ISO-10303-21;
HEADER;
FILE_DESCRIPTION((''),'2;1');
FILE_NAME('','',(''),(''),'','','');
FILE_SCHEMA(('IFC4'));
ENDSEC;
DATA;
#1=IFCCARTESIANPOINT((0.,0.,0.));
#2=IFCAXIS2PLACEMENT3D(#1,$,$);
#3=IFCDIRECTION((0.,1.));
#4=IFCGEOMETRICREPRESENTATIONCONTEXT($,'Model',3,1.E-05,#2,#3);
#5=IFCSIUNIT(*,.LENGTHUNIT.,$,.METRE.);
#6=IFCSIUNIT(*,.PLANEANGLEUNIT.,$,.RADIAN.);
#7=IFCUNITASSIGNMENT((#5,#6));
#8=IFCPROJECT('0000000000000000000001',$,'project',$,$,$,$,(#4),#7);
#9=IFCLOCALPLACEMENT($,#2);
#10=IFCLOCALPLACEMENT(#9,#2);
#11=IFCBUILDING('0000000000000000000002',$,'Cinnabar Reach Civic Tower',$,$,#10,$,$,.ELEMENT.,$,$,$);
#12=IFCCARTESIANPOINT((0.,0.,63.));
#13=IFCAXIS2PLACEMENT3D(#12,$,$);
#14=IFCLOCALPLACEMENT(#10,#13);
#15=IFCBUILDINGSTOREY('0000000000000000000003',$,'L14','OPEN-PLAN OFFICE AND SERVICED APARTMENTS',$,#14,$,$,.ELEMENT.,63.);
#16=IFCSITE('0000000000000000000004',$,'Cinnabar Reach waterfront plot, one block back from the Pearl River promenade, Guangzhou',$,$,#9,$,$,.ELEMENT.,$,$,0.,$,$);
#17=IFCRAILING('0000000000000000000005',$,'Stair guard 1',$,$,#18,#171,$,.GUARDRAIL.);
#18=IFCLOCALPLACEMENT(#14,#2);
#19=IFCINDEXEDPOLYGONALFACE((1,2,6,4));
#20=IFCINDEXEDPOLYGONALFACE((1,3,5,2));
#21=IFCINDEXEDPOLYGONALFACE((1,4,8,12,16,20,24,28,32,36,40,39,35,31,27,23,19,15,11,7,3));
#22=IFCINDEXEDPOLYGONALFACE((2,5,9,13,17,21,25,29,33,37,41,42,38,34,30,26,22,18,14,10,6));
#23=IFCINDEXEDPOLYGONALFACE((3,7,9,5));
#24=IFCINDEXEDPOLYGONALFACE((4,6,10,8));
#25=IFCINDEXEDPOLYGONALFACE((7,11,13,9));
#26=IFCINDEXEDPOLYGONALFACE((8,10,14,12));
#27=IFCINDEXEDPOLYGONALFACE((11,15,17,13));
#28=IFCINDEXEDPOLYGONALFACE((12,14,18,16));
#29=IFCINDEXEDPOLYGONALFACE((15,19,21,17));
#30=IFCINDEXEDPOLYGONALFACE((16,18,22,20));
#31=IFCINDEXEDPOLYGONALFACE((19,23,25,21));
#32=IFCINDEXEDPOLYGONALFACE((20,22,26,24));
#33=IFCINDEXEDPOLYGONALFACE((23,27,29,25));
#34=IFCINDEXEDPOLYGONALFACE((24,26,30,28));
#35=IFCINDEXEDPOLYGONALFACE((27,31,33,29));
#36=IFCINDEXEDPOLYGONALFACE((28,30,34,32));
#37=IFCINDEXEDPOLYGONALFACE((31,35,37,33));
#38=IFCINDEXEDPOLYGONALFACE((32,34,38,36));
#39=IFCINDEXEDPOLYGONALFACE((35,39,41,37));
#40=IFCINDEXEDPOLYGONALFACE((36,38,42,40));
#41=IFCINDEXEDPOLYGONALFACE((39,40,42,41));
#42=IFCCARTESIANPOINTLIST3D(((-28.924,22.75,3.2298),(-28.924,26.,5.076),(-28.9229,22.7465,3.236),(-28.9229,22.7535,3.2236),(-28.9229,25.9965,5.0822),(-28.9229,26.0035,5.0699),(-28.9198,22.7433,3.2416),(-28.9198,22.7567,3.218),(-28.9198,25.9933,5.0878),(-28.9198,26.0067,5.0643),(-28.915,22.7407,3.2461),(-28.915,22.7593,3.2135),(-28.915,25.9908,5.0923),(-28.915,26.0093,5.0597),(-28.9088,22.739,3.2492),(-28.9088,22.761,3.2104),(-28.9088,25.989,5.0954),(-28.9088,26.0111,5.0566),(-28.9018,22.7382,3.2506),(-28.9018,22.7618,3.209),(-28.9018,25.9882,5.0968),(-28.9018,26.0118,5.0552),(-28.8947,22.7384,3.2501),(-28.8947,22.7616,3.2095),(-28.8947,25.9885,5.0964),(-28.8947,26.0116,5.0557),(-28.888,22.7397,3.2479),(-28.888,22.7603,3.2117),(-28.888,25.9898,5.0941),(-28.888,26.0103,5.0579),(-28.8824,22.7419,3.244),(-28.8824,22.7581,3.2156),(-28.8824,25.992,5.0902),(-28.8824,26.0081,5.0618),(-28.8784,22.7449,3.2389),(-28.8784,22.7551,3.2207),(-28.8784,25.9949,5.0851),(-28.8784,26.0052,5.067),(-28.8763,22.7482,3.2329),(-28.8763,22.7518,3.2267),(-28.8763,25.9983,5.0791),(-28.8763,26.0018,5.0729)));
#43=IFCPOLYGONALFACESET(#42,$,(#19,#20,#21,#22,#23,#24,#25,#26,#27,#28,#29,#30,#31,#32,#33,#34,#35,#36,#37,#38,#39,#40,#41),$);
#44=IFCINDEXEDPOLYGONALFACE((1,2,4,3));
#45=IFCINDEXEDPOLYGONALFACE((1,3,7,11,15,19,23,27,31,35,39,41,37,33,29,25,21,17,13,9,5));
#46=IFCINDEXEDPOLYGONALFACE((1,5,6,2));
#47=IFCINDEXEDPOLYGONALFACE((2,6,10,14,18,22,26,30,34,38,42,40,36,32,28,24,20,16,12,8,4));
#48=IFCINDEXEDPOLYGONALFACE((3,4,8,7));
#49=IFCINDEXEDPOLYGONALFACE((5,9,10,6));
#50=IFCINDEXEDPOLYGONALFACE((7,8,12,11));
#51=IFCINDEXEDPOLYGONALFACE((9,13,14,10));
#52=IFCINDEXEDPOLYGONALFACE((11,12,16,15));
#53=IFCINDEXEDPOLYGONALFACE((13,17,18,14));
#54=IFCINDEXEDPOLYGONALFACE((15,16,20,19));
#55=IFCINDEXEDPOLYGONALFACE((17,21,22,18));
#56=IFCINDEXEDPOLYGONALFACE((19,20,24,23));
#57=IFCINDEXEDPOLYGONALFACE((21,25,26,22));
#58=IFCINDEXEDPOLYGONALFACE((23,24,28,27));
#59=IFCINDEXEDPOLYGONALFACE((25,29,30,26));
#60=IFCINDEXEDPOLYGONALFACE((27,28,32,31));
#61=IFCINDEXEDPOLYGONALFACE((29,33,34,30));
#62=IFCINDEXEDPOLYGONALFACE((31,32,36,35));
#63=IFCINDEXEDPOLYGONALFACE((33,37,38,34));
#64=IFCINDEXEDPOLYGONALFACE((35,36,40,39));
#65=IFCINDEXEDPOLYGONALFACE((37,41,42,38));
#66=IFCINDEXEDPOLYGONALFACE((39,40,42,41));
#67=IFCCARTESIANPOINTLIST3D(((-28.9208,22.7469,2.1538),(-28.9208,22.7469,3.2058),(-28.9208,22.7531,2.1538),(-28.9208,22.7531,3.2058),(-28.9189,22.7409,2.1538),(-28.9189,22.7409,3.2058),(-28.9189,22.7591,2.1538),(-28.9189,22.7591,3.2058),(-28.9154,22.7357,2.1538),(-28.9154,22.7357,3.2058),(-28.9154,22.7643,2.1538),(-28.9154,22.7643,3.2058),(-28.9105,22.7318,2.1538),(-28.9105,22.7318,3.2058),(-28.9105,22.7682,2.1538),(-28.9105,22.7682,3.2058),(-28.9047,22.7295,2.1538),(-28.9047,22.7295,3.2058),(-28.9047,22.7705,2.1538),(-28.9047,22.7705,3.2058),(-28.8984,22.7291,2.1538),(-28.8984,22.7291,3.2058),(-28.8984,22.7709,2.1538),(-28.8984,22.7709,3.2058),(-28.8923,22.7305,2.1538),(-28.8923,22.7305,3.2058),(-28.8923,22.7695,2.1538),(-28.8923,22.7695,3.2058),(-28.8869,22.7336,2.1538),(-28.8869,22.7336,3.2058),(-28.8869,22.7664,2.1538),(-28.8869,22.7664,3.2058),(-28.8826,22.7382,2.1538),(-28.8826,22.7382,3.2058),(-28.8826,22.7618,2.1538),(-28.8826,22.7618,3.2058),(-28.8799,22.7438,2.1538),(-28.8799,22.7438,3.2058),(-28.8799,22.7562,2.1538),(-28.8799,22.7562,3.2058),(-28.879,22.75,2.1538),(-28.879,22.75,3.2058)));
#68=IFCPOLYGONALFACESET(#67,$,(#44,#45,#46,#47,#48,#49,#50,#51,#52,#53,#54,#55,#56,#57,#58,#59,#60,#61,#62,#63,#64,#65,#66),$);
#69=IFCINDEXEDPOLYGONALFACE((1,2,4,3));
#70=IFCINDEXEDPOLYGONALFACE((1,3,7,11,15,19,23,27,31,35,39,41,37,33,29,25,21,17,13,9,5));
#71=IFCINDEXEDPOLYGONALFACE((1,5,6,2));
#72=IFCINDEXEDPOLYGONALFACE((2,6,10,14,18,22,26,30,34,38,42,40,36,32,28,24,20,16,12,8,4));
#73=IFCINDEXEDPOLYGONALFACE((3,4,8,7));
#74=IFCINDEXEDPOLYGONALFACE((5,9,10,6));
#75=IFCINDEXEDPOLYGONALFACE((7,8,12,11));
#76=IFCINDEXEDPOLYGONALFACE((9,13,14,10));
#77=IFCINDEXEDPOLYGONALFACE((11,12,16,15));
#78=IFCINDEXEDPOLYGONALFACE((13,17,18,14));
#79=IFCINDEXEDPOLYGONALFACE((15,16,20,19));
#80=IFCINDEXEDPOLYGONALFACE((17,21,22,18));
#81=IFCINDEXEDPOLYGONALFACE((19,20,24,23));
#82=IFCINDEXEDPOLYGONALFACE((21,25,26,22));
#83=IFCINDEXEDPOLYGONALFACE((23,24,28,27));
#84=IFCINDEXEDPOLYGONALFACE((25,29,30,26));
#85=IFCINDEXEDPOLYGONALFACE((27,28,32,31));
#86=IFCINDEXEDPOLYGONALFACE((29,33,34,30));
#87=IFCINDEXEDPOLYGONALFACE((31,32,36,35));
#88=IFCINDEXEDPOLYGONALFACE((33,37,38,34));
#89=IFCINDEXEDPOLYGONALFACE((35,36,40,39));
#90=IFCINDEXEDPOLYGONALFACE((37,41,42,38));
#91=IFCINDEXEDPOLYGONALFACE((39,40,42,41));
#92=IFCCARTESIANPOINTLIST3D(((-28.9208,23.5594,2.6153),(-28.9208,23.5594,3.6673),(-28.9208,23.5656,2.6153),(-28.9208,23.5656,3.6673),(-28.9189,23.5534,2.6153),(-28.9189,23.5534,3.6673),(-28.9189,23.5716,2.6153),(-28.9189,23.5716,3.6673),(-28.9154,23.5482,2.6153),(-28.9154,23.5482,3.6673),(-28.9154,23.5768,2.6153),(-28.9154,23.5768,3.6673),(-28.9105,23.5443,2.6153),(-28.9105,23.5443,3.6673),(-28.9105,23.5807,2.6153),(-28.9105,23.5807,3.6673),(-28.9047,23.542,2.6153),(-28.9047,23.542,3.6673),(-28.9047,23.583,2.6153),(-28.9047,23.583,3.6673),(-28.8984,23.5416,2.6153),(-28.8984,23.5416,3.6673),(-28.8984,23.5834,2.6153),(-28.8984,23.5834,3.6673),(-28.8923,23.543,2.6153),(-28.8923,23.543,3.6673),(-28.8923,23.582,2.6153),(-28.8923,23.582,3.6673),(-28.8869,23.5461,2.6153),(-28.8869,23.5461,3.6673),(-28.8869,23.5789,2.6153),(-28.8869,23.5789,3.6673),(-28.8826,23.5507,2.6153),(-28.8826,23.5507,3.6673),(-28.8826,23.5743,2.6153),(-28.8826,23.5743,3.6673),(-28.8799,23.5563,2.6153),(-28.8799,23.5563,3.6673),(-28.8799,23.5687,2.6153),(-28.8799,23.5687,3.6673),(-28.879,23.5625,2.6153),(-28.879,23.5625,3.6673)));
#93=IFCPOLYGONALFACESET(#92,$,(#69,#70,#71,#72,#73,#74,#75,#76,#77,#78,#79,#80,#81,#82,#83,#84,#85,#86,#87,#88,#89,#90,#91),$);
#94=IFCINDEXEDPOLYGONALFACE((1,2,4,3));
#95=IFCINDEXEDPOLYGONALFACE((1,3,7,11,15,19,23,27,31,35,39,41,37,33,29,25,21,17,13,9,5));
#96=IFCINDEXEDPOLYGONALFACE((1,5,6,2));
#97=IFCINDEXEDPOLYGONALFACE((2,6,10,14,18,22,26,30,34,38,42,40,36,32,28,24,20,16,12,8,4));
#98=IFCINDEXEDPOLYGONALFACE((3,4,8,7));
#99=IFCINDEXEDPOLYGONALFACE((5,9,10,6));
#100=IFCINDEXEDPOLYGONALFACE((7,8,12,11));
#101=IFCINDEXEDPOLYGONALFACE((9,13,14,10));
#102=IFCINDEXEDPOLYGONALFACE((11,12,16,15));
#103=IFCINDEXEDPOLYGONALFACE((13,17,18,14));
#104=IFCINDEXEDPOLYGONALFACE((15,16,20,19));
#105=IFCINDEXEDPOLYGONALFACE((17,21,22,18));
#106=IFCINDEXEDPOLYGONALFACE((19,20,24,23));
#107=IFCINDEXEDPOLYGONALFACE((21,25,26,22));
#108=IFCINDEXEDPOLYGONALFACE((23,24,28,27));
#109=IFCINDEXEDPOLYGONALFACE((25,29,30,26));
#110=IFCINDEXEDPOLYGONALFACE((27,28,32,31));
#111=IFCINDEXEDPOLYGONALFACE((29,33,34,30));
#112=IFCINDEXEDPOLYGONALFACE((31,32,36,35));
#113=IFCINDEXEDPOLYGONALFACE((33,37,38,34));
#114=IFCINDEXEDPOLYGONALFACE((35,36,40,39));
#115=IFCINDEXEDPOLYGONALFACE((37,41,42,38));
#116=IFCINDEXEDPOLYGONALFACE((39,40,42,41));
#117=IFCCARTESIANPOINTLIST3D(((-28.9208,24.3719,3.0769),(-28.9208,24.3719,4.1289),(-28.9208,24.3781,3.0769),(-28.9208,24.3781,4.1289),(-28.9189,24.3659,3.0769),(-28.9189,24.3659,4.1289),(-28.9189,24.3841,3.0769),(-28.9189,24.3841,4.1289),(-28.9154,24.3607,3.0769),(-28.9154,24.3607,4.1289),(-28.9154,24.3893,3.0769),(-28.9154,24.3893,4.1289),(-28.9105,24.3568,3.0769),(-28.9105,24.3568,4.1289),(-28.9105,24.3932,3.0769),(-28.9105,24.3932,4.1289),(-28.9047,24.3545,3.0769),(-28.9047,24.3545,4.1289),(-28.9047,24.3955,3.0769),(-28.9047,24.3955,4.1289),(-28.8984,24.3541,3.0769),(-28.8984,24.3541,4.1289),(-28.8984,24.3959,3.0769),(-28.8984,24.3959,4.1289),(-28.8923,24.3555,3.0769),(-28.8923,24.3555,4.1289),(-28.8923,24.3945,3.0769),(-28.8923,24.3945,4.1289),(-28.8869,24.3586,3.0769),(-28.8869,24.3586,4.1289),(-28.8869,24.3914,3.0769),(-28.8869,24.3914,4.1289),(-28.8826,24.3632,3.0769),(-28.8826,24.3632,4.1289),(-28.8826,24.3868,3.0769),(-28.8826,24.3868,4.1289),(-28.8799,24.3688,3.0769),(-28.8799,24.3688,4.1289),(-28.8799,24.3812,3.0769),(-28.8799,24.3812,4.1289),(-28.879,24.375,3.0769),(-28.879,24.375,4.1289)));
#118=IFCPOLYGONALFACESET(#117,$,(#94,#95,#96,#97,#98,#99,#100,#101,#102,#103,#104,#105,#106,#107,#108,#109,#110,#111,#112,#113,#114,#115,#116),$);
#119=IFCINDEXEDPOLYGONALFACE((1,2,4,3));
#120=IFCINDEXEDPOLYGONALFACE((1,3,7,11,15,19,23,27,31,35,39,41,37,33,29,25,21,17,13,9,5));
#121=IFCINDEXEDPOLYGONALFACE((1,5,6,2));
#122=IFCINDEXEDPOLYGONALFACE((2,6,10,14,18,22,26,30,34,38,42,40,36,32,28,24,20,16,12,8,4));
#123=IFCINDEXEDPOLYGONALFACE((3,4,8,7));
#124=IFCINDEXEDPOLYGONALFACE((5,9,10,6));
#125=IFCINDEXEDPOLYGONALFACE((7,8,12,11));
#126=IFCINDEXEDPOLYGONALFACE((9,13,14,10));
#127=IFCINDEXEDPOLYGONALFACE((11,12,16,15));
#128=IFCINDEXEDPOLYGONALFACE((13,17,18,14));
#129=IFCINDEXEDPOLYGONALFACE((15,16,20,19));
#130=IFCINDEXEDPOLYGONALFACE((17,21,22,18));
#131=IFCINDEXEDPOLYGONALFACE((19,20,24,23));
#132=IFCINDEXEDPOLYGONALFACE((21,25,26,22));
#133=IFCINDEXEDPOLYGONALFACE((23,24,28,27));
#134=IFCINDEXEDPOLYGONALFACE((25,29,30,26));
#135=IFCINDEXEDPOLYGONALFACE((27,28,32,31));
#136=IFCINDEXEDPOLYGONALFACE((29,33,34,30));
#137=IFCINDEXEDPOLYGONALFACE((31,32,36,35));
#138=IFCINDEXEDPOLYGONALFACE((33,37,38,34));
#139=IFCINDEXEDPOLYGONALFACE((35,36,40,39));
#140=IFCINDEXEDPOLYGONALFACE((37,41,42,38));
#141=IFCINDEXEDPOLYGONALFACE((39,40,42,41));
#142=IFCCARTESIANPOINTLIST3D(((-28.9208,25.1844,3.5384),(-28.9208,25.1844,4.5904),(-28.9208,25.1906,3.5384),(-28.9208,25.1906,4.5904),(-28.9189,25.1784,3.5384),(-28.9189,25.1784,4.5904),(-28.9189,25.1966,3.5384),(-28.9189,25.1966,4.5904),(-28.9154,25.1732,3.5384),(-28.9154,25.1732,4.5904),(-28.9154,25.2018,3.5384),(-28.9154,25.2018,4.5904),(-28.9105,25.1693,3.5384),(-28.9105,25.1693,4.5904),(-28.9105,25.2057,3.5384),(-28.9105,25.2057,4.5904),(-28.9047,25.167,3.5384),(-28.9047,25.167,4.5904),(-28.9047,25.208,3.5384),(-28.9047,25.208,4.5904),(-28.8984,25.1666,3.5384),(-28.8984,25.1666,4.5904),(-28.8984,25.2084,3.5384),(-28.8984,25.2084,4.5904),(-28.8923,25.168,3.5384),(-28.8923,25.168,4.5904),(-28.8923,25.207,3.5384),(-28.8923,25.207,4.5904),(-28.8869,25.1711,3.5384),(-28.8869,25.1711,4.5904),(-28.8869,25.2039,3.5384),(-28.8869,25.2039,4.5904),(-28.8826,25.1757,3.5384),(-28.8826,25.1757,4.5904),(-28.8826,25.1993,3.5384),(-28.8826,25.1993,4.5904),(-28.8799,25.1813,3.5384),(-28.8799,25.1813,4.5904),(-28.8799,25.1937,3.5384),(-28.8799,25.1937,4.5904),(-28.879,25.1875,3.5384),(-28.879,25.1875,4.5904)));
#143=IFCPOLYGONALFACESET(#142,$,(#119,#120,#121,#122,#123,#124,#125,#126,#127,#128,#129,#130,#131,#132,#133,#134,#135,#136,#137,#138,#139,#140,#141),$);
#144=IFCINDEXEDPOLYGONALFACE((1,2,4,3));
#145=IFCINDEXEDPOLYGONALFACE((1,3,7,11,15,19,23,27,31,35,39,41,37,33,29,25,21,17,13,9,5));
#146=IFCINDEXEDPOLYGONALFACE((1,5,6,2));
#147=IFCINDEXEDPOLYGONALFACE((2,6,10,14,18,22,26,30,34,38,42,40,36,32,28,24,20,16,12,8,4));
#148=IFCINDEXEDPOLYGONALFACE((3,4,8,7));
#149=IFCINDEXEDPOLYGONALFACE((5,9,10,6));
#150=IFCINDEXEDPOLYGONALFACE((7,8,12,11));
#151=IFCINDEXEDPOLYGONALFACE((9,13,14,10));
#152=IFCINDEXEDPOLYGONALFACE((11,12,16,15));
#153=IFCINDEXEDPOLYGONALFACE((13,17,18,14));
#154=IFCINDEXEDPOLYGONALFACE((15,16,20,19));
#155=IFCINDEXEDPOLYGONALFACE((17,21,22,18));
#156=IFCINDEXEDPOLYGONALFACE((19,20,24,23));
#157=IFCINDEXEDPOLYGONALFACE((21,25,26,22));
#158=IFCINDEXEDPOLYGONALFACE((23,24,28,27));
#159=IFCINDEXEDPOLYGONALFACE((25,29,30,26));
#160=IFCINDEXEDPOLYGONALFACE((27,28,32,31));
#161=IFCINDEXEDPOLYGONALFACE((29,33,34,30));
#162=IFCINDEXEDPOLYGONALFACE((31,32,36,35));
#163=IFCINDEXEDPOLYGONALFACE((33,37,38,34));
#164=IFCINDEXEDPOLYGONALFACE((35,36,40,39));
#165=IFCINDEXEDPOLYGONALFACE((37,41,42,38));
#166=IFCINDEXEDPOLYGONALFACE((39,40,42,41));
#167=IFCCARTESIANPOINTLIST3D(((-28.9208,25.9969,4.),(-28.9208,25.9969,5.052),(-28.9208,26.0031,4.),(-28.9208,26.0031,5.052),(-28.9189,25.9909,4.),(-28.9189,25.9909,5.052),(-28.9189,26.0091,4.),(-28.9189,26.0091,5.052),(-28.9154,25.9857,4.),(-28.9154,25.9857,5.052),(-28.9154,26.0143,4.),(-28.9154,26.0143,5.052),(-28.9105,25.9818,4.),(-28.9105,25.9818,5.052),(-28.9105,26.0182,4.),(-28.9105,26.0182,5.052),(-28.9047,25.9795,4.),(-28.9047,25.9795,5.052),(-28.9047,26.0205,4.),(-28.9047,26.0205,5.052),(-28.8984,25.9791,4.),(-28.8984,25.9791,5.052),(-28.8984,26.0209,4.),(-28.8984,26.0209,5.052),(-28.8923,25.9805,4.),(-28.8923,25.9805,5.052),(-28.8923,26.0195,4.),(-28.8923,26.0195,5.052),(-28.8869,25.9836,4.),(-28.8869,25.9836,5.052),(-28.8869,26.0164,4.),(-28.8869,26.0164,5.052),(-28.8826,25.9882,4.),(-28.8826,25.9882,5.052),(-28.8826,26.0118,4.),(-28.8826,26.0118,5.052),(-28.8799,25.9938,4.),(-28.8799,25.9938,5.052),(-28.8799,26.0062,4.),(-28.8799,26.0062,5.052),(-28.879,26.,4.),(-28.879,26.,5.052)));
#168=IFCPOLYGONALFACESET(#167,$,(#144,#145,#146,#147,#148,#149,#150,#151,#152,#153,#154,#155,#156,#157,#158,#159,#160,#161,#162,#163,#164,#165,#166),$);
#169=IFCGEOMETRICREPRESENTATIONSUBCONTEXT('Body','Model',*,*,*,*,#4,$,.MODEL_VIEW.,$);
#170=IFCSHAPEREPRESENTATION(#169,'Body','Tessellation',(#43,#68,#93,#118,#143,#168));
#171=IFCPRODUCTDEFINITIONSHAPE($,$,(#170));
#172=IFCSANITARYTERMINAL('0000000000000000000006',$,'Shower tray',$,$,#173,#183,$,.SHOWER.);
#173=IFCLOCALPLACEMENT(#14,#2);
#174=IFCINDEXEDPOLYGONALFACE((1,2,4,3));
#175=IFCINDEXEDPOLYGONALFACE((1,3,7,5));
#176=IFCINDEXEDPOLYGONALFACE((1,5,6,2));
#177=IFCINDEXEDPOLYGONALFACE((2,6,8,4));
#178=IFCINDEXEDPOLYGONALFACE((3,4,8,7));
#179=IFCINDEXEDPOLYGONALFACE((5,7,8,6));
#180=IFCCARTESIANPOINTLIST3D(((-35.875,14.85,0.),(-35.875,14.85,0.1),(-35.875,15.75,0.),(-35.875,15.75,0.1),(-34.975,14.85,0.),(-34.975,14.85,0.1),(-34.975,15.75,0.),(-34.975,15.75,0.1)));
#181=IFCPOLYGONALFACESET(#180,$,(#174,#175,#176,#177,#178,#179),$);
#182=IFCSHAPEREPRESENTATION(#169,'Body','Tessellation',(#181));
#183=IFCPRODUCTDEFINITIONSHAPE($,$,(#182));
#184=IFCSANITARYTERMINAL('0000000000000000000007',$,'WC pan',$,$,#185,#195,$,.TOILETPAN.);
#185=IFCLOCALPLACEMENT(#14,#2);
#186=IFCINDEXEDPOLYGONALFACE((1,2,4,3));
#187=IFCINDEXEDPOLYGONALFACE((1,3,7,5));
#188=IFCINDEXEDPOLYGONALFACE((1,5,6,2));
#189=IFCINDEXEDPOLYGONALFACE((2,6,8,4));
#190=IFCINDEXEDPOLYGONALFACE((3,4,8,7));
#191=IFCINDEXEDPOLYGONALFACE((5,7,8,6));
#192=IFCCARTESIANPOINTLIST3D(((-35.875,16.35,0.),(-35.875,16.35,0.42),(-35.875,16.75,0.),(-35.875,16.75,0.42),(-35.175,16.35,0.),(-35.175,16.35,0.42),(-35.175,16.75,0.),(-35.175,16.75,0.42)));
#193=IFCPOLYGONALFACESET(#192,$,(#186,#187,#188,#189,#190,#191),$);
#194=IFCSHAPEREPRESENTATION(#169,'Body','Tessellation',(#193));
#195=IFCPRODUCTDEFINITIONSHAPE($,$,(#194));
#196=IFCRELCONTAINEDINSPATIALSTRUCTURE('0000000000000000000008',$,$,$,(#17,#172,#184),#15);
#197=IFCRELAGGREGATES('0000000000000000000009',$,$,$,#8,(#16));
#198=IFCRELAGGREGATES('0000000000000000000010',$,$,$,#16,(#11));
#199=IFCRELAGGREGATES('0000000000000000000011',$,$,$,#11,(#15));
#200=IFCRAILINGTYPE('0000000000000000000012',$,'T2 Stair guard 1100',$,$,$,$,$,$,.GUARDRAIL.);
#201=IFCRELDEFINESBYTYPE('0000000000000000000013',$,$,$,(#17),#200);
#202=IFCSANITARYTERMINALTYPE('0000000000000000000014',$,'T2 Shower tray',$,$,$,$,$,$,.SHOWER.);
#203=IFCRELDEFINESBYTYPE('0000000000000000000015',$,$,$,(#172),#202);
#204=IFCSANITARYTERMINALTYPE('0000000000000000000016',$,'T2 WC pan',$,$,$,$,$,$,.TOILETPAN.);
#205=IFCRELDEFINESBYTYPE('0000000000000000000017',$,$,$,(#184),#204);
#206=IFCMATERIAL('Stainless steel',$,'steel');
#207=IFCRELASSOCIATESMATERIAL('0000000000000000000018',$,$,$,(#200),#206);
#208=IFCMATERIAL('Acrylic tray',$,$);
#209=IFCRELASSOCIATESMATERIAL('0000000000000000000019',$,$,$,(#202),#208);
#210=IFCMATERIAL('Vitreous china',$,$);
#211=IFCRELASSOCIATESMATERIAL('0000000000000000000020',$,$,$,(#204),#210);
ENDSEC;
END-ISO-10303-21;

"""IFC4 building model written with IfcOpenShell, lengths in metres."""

from ifc_helpers import new_model, si_unit, direction, frame, origin, origin_2d, place, context, subcontext, project, spatial, rectangle, circle, extrude, material, type_object, element, save


model = new_model("IFC4")

# Units and contexts
model_context = context("Model", 3, precision=1e-05, world=origin(), true_north=direction((0.0, 1.0)))
body_context = subcontext(model_context, "Body", "Model", "MODEL_VIEW")
ifc_project = project(units=[si_unit("LENGTHUNIT", "METRE"), si_unit("PLANEANGLEUNIT", "RADIAN")], contexts=[model_context])

# Site, building, storey
site_placement = place(None, origin())
site = spatial("IfcSite", under=ifc_project, at=site_placement, Name="Cinnabar Reach waterfront plot, one block back from the Pearl River promenade, Guangzhou", CompositionType="ELEMENT", RefElevation=0.0)
building_placement = place(site_placement, origin())
building = spatial("IfcBuilding", under=site, at=building_placement, Name="Cinnabar Reach Civic Tower", CompositionType="ELEMENT")
storey_placement = place(building_placement, frame((0.0, 0.0, 63.0)))
storey = spatial("IfcBuildingStorey", under=building, at=storey_placement, Name="L14", Description="OPEN-PLAN OFFICE AND SERVICED APARTMENTS", CompositionType="ELEMENT", Elevation=63.0)

# Railing
ifc_material_1 = material(Name="Stainless steel", Category="steel")
railing_type = type_object("IfcRailingType", Name="T2 Stair guard 1100", PredefinedType="GUARDRAIL", material=ifc_material_1)
railing_1_placement = place(storey_placement, frame((-28.9, 22.75, 2.1538)))
element("IfcRailing", 1, at=railing_1_placement, inside=storey, type_object=railing_type, Name="Stair guard 1", PredefinedType="GUARDRAIL", context=body_context, shape_type="SweptSolid", body=[
    extrude(circle(Radius=0.024, at=origin_2d()), frame((0.0, 0.0, 1.076), z_axis=(0.0, 0.869501, 0.49393), x_axis=(-1.0, 0.0, 0.0)), (0.0, 0.0, 1.0), 3.7378),
    extrude(circle(Radius=0.021, at=origin_2d()), origin(), (0.0, 0.0, 1.0), 1.052),
    extrude(circle(Radius=0.021, at=origin_2d()), frame((0.0, 0.8125, 0.4615)), (0.0, 0.0, 1.0), 1.052),
    extrude(circle(Radius=0.021, at=origin_2d()), frame((0.0, 1.625, 0.9231)), (0.0, 0.0, 1.0), 1.052),
    extrude(circle(Radius=0.021, at=origin_2d()), frame((0.0, 2.4375, 1.3846)), (0.0, 0.0, 1.0), 1.052),
    extrude(circle(Radius=0.021, at=origin_2d()), frame((0.0, 3.25, 1.8462)), (0.0, 0.0, 1.0), 1.052),
])

# Sanitary terminals
ifc_material_2 = material(Name="Acrylic tray")
sanitary_terminal_type_1 = type_object("IfcSanitaryTerminalType", Name="T2 Shower tray", PredefinedType="SHOWER", material=ifc_material_2)
sanitary_terminal_1_placement = place(storey_placement, frame((-35.425, 15.3, 0.0), z_axis=(0.0, 0.0, 1.0), x_axis=(1.0, 0.0, 0.0)))
element("IfcSanitaryTerminal", 2, at=sanitary_terminal_1_placement, inside=storey, type_object=sanitary_terminal_type_1, Name="Shower tray", PredefinedType="SHOWER", context=body_context, shape_type="SweptSolid", body=[
    extrude(rectangle(XDim=0.9, YDim=0.9, at=origin_2d()), origin(), (0.0, 0.0, 1.0), 0.1),
])
ifc_material_3 = material(Name="Vitreous china")
sanitary_terminal_type_2 = type_object("IfcSanitaryTerminalType", Name="T2 WC pan", PredefinedType="TOILETPAN", material=ifc_material_3)
sanitary_terminal_2_placement = place(storey_placement, frame((-35.525, 16.55, 0.0), z_axis=(0.0, 0.0, 1.0), x_axis=(1.0, 0.0, 0.0)))
element("IfcSanitaryTerminal", 3, at=sanitary_terminal_2_placement, inside=storey, type_object=sanitary_terminal_type_2, Name="WC pan", PredefinedType="TOILETPAN", context=body_context, shape_type="SweptSolid", body=[
    extrude(rectangle(XDim=0.7, YDim=0.4, at=origin_2d()), origin(), (0.0, 0.0, 1.0), 0.42),
])

save(model, "model.ifc")
